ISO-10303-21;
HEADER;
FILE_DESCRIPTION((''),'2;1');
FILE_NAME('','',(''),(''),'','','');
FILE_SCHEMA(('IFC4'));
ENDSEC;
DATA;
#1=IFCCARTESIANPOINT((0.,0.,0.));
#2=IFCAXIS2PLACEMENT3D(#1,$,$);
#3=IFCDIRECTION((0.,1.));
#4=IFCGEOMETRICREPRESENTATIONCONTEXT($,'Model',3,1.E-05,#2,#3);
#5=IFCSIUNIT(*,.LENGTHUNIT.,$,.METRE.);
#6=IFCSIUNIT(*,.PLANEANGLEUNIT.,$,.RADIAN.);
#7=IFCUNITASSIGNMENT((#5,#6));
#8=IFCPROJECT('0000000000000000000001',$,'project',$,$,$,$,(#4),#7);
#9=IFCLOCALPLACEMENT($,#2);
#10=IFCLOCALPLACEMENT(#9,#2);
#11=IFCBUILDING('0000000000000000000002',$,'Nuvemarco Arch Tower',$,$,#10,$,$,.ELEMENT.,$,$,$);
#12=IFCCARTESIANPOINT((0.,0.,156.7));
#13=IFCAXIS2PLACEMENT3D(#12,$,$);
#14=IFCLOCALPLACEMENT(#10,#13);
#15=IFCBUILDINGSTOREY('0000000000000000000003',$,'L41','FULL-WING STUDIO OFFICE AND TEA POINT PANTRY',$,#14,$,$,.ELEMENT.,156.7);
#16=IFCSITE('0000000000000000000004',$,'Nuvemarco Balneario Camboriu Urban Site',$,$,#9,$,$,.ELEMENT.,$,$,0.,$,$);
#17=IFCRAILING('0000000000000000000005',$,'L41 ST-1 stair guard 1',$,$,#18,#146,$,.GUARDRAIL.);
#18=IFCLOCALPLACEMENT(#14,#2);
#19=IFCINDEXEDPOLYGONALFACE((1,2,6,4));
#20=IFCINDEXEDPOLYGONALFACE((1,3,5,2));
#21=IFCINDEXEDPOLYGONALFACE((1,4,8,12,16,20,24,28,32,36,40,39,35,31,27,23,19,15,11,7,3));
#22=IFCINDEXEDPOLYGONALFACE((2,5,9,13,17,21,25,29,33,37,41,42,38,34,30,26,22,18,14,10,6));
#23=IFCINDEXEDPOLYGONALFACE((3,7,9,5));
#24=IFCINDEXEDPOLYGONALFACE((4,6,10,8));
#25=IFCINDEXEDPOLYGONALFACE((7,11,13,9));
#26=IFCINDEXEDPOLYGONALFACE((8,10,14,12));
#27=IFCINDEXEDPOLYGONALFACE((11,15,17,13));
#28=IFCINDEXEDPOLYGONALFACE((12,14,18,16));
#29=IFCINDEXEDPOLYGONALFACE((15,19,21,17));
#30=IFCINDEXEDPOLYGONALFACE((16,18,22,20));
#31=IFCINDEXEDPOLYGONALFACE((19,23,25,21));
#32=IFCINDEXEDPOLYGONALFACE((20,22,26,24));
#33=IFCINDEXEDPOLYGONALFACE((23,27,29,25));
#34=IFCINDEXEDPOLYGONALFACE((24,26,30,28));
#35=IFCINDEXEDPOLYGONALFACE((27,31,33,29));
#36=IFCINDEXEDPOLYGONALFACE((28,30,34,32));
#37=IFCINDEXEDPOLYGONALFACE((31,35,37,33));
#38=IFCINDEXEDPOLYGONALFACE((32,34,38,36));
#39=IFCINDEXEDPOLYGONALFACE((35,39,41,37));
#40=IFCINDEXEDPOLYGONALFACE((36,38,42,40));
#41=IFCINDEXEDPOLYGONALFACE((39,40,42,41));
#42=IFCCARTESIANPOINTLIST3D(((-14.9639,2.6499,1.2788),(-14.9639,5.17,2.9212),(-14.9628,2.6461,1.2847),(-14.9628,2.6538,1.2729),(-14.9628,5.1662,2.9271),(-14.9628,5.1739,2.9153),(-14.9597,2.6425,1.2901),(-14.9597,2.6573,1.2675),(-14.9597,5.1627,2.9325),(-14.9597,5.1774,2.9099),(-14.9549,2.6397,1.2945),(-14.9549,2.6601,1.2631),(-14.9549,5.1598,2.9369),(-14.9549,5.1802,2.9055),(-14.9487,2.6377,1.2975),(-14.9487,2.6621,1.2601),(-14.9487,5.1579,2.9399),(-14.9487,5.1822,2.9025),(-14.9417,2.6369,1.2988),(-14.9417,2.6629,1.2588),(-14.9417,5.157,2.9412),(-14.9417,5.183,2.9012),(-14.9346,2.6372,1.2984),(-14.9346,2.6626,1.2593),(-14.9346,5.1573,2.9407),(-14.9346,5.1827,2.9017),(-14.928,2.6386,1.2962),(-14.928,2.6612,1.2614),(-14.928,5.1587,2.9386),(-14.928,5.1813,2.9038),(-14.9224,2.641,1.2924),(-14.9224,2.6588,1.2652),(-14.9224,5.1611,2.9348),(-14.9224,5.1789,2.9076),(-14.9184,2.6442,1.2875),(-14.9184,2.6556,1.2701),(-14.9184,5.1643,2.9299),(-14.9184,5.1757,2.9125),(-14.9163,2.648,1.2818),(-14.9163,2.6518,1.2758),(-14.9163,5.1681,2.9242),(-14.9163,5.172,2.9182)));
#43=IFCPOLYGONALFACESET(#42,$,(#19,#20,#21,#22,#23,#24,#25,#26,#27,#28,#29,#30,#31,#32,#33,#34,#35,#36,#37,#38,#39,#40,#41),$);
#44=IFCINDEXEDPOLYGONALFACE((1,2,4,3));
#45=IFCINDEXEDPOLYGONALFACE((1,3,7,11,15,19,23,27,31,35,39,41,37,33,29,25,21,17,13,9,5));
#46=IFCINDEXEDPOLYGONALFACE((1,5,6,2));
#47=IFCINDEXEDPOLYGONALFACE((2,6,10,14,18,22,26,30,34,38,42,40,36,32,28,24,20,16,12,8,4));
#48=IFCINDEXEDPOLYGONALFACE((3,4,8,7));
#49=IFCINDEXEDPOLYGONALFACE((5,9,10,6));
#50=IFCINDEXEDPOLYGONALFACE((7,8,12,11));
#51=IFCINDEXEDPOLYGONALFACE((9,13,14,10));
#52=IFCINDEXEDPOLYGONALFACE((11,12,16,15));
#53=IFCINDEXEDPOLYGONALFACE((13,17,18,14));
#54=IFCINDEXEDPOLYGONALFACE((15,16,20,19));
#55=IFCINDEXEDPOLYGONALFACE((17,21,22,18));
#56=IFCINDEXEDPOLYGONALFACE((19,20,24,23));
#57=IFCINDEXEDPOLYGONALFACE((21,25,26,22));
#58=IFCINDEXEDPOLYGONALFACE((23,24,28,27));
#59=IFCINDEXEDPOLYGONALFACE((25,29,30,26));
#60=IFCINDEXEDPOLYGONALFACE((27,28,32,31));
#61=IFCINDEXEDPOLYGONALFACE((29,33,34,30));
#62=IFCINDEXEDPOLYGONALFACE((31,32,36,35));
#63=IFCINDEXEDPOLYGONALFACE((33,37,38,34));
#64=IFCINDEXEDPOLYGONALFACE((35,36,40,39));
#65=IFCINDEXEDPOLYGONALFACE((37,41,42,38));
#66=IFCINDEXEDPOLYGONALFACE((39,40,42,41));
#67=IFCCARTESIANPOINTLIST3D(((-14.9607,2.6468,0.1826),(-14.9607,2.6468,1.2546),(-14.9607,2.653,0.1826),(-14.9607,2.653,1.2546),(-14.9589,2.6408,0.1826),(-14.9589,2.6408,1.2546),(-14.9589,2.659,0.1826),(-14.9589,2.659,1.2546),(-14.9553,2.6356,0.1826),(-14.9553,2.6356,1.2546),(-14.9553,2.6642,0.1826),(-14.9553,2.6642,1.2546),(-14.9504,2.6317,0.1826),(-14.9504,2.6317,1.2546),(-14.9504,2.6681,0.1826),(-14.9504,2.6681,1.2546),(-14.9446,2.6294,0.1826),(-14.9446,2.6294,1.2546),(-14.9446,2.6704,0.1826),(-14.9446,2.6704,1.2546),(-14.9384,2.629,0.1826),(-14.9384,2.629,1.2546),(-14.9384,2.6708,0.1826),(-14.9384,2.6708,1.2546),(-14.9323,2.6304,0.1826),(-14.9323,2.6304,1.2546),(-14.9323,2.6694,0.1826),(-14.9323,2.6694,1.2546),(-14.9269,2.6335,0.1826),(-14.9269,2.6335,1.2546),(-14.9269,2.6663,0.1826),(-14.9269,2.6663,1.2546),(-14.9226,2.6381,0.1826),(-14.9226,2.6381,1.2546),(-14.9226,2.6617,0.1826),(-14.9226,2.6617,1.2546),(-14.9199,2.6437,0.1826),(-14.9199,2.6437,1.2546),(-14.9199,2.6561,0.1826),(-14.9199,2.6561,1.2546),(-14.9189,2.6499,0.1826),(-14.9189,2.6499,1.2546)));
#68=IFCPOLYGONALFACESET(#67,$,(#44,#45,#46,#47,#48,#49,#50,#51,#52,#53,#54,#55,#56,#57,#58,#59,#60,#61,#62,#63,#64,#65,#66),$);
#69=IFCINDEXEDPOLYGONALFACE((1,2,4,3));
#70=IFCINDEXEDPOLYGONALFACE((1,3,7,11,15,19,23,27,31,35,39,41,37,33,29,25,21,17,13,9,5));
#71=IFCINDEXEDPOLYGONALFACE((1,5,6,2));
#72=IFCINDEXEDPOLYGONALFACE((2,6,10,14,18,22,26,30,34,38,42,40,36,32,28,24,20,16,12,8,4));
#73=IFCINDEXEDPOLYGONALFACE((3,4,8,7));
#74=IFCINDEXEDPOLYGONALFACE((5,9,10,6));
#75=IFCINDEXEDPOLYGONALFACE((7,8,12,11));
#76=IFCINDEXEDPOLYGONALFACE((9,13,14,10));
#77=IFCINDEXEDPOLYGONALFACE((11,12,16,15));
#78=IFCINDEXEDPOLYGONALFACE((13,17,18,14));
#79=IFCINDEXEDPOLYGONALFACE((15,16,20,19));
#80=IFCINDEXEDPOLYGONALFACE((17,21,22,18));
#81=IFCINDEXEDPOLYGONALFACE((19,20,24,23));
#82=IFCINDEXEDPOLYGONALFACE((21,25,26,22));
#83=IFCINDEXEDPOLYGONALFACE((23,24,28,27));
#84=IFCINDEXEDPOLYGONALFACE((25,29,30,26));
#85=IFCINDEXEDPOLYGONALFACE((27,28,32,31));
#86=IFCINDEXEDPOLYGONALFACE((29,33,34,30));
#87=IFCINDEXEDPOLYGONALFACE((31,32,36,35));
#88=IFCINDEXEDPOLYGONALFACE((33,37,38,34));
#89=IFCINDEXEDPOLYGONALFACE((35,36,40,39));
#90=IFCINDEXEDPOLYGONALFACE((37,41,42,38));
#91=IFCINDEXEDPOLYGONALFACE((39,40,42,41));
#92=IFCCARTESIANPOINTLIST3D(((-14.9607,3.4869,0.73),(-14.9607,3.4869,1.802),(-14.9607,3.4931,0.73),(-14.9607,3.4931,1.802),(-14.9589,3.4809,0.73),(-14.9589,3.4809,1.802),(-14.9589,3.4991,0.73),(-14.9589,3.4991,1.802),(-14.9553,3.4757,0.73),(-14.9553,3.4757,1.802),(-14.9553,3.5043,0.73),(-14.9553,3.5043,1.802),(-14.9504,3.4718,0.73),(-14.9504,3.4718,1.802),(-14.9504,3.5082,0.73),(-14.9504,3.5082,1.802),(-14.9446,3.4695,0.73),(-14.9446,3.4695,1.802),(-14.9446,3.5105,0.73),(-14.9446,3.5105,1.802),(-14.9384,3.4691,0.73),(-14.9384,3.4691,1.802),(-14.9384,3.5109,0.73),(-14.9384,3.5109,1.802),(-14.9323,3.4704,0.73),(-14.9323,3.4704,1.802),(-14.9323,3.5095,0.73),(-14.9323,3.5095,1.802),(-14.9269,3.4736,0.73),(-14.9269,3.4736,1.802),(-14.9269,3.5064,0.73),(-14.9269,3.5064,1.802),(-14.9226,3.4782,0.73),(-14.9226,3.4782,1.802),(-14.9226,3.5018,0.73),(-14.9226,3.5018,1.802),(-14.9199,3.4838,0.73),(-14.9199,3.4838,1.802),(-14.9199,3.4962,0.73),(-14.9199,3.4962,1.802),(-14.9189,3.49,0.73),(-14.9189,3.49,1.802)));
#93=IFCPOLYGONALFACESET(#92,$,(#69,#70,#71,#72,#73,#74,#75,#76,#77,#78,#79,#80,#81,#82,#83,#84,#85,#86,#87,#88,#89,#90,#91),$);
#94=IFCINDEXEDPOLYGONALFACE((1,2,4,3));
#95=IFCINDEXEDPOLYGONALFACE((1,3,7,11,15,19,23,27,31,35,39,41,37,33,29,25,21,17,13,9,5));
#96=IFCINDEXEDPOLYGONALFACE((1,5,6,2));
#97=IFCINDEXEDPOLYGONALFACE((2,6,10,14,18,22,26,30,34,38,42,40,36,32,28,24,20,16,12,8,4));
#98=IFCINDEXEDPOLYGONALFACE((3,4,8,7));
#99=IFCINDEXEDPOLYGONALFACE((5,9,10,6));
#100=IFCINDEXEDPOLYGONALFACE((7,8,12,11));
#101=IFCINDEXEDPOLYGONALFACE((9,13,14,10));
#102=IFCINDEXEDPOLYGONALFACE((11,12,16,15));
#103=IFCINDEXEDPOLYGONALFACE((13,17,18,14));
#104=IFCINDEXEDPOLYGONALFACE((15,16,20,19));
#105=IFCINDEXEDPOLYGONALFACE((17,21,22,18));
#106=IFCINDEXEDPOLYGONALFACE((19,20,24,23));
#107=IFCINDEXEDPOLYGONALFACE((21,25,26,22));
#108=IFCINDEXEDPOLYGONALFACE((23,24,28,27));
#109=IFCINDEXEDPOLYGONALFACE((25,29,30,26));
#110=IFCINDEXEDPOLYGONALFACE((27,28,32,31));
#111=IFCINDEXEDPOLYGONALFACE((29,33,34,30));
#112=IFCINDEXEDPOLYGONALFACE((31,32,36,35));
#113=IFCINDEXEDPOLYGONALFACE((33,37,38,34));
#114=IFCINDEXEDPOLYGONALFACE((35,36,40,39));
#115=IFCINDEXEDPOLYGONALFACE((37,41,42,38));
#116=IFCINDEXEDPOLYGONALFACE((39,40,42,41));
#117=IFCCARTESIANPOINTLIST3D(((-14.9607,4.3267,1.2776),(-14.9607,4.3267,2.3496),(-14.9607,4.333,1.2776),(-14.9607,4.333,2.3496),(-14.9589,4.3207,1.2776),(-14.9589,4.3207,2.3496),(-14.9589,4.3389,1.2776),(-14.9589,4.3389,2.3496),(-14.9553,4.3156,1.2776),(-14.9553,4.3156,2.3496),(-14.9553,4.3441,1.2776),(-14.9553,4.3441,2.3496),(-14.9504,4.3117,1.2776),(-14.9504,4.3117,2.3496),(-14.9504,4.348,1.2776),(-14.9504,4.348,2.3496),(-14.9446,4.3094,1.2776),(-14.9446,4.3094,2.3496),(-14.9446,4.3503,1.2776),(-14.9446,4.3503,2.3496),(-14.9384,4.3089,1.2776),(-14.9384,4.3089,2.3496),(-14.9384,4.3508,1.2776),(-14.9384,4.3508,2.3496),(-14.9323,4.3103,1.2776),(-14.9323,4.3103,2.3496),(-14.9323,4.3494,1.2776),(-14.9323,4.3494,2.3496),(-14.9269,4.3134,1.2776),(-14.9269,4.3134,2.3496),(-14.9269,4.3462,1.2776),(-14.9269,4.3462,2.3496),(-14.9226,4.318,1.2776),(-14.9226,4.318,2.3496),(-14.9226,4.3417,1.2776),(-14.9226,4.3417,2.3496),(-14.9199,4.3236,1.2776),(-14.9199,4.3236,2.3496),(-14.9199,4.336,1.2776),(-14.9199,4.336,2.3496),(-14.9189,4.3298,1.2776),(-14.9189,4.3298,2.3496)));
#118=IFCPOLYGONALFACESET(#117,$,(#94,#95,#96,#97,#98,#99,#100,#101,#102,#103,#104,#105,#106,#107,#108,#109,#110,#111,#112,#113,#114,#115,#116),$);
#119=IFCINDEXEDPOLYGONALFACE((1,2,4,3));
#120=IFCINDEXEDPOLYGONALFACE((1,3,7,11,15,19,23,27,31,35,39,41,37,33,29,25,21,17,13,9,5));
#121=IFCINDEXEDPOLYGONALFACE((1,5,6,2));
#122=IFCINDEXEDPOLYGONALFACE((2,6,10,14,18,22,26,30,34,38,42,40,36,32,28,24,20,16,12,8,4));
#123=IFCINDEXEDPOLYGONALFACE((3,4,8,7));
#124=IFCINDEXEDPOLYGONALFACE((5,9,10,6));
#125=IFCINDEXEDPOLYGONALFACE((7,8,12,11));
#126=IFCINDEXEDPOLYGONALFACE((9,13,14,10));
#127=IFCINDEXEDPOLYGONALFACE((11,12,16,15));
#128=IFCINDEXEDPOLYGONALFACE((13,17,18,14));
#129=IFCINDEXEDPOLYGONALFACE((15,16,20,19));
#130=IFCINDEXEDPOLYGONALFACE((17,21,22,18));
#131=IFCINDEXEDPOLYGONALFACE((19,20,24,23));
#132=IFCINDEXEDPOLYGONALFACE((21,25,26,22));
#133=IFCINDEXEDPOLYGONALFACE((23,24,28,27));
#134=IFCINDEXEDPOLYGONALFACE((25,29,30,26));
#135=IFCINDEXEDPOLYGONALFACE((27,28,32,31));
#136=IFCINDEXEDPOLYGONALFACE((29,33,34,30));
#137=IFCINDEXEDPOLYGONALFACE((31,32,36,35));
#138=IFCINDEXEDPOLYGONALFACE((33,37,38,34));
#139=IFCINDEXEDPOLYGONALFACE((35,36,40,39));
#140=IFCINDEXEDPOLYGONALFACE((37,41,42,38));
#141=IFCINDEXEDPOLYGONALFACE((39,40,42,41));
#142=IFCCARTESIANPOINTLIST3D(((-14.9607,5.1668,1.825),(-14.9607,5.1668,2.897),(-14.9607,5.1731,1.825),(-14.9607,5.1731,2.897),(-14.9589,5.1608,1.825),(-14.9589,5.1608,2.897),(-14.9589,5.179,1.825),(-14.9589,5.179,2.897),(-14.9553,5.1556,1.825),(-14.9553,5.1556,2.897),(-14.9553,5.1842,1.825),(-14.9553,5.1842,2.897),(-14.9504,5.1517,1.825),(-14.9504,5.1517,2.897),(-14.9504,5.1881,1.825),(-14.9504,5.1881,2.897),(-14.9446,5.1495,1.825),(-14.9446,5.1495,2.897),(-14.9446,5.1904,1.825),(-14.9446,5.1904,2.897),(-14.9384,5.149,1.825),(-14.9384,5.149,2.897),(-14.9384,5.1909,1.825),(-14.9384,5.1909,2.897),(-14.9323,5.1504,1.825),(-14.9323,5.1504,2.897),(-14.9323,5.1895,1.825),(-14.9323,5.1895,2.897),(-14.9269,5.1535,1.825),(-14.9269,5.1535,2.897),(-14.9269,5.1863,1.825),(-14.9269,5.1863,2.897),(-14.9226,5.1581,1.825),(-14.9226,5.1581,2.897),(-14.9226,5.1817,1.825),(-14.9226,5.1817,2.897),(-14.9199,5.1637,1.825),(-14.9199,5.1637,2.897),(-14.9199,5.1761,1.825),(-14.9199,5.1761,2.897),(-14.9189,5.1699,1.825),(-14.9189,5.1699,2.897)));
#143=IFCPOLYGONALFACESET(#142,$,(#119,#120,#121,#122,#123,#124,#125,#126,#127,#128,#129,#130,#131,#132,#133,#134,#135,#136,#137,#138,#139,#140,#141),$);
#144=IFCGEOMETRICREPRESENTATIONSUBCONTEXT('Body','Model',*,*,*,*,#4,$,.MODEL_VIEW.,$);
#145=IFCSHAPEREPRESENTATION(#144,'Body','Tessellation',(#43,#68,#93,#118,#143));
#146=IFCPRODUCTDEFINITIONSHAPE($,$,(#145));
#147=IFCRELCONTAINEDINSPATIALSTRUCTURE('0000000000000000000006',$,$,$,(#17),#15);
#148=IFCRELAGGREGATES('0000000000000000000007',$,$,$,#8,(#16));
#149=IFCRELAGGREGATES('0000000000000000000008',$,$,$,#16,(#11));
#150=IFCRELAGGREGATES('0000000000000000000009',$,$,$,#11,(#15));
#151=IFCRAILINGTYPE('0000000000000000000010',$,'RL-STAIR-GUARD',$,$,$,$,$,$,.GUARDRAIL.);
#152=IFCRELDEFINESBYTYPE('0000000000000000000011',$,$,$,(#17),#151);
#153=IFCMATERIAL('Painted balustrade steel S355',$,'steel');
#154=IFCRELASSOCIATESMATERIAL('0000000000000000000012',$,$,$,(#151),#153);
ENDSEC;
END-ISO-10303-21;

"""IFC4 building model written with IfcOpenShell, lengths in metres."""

from ifc_helpers import new_model, si_unit, direction, frame, origin, origin_2d, place, context, subcontext, project, spatial, circle, extrude, material, type_object, element, save


model = new_model("IFC4")

# Units and contexts
model_context = context("Model", 3, precision=1e-05, world=origin(), true_north=direction((0.0, 1.0)))
body_context = subcontext(model_context, "Body", "Model", "MODEL_VIEW")
ifc_project = project(units=[si_unit("LENGTHUNIT", "METRE"), si_unit("PLANEANGLEUNIT", "RADIAN")], contexts=[model_context])

# Site, building, storey
site_placement = place(None, origin())
site = spatial("IfcSite", under=ifc_project, at=site_placement, Name="Nuvemarco Balneario Camboriu Urban Site", CompositionType="ELEMENT", RefElevation=0.0)
building_placement = place(site_placement, origin())
building = spatial("IfcBuilding", under=site, at=building_placement, Name="Nuvemarco Arch Tower", CompositionType="ELEMENT")
storey_placement = place(building_placement, frame((0.0, 0.0, 156.7)))
storey = spatial("IfcBuildingStorey", under=building, at=storey_placement, Name="L41", Description="FULL-WING STUDIO OFFICE AND TEA POINT PANTRY", CompositionType="ELEMENT", Elevation=156.7)

# Railing
ifc_material_1 = material(Name="Painted balustrade steel S355", Category="steel")
railing_type_1 = type_object("IfcRailingType", Name="RL-STAIR-GUARD", PredefinedType="GUARDRAIL", material=ifc_material_1)
railing_1_placement = place(storey_placement, frame((-14.9399, 2.6499, 0.1826)))
element("IfcRailing", 1, at=railing_1_placement, inside=storey, type_object=railing_type_1, Name="L41 ST-1 stair guard 1", PredefinedType="GUARDRAIL", context=body_context, shape_type="SweptSolid", body=[
    extrude(circle(Radius=0.0239, at=origin_2d()), frame((0.0, 0.0, 1.0962), z_axis=(0.0, 0.837787, 0.545998), x_axis=(-1.0, 0.0, 0.0)), (0.0, 0.0, 1.0), 3.0081),
    extrude(circle(Radius=0.021, at=origin_2d()), origin(), (0.0, 0.0, 1.0), 1.072),
    extrude(circle(Radius=0.021, at=origin_2d()), frame((0.0, 0.8401, 0.5474)), (0.0, 0.0, 1.0), 1.072),
    extrude(circle(Radius=0.021, at=origin_2d()), frame((0.0, 1.6799, 1.095)), (0.0, 0.0, 1.0), 1.072),
    extrude(circle(Radius=0.021, at=origin_2d()), frame((0.0, 2.52, 1.6423)), (0.0, 0.0, 1.0), 1.072),
])

save(model, "model.ifc")
